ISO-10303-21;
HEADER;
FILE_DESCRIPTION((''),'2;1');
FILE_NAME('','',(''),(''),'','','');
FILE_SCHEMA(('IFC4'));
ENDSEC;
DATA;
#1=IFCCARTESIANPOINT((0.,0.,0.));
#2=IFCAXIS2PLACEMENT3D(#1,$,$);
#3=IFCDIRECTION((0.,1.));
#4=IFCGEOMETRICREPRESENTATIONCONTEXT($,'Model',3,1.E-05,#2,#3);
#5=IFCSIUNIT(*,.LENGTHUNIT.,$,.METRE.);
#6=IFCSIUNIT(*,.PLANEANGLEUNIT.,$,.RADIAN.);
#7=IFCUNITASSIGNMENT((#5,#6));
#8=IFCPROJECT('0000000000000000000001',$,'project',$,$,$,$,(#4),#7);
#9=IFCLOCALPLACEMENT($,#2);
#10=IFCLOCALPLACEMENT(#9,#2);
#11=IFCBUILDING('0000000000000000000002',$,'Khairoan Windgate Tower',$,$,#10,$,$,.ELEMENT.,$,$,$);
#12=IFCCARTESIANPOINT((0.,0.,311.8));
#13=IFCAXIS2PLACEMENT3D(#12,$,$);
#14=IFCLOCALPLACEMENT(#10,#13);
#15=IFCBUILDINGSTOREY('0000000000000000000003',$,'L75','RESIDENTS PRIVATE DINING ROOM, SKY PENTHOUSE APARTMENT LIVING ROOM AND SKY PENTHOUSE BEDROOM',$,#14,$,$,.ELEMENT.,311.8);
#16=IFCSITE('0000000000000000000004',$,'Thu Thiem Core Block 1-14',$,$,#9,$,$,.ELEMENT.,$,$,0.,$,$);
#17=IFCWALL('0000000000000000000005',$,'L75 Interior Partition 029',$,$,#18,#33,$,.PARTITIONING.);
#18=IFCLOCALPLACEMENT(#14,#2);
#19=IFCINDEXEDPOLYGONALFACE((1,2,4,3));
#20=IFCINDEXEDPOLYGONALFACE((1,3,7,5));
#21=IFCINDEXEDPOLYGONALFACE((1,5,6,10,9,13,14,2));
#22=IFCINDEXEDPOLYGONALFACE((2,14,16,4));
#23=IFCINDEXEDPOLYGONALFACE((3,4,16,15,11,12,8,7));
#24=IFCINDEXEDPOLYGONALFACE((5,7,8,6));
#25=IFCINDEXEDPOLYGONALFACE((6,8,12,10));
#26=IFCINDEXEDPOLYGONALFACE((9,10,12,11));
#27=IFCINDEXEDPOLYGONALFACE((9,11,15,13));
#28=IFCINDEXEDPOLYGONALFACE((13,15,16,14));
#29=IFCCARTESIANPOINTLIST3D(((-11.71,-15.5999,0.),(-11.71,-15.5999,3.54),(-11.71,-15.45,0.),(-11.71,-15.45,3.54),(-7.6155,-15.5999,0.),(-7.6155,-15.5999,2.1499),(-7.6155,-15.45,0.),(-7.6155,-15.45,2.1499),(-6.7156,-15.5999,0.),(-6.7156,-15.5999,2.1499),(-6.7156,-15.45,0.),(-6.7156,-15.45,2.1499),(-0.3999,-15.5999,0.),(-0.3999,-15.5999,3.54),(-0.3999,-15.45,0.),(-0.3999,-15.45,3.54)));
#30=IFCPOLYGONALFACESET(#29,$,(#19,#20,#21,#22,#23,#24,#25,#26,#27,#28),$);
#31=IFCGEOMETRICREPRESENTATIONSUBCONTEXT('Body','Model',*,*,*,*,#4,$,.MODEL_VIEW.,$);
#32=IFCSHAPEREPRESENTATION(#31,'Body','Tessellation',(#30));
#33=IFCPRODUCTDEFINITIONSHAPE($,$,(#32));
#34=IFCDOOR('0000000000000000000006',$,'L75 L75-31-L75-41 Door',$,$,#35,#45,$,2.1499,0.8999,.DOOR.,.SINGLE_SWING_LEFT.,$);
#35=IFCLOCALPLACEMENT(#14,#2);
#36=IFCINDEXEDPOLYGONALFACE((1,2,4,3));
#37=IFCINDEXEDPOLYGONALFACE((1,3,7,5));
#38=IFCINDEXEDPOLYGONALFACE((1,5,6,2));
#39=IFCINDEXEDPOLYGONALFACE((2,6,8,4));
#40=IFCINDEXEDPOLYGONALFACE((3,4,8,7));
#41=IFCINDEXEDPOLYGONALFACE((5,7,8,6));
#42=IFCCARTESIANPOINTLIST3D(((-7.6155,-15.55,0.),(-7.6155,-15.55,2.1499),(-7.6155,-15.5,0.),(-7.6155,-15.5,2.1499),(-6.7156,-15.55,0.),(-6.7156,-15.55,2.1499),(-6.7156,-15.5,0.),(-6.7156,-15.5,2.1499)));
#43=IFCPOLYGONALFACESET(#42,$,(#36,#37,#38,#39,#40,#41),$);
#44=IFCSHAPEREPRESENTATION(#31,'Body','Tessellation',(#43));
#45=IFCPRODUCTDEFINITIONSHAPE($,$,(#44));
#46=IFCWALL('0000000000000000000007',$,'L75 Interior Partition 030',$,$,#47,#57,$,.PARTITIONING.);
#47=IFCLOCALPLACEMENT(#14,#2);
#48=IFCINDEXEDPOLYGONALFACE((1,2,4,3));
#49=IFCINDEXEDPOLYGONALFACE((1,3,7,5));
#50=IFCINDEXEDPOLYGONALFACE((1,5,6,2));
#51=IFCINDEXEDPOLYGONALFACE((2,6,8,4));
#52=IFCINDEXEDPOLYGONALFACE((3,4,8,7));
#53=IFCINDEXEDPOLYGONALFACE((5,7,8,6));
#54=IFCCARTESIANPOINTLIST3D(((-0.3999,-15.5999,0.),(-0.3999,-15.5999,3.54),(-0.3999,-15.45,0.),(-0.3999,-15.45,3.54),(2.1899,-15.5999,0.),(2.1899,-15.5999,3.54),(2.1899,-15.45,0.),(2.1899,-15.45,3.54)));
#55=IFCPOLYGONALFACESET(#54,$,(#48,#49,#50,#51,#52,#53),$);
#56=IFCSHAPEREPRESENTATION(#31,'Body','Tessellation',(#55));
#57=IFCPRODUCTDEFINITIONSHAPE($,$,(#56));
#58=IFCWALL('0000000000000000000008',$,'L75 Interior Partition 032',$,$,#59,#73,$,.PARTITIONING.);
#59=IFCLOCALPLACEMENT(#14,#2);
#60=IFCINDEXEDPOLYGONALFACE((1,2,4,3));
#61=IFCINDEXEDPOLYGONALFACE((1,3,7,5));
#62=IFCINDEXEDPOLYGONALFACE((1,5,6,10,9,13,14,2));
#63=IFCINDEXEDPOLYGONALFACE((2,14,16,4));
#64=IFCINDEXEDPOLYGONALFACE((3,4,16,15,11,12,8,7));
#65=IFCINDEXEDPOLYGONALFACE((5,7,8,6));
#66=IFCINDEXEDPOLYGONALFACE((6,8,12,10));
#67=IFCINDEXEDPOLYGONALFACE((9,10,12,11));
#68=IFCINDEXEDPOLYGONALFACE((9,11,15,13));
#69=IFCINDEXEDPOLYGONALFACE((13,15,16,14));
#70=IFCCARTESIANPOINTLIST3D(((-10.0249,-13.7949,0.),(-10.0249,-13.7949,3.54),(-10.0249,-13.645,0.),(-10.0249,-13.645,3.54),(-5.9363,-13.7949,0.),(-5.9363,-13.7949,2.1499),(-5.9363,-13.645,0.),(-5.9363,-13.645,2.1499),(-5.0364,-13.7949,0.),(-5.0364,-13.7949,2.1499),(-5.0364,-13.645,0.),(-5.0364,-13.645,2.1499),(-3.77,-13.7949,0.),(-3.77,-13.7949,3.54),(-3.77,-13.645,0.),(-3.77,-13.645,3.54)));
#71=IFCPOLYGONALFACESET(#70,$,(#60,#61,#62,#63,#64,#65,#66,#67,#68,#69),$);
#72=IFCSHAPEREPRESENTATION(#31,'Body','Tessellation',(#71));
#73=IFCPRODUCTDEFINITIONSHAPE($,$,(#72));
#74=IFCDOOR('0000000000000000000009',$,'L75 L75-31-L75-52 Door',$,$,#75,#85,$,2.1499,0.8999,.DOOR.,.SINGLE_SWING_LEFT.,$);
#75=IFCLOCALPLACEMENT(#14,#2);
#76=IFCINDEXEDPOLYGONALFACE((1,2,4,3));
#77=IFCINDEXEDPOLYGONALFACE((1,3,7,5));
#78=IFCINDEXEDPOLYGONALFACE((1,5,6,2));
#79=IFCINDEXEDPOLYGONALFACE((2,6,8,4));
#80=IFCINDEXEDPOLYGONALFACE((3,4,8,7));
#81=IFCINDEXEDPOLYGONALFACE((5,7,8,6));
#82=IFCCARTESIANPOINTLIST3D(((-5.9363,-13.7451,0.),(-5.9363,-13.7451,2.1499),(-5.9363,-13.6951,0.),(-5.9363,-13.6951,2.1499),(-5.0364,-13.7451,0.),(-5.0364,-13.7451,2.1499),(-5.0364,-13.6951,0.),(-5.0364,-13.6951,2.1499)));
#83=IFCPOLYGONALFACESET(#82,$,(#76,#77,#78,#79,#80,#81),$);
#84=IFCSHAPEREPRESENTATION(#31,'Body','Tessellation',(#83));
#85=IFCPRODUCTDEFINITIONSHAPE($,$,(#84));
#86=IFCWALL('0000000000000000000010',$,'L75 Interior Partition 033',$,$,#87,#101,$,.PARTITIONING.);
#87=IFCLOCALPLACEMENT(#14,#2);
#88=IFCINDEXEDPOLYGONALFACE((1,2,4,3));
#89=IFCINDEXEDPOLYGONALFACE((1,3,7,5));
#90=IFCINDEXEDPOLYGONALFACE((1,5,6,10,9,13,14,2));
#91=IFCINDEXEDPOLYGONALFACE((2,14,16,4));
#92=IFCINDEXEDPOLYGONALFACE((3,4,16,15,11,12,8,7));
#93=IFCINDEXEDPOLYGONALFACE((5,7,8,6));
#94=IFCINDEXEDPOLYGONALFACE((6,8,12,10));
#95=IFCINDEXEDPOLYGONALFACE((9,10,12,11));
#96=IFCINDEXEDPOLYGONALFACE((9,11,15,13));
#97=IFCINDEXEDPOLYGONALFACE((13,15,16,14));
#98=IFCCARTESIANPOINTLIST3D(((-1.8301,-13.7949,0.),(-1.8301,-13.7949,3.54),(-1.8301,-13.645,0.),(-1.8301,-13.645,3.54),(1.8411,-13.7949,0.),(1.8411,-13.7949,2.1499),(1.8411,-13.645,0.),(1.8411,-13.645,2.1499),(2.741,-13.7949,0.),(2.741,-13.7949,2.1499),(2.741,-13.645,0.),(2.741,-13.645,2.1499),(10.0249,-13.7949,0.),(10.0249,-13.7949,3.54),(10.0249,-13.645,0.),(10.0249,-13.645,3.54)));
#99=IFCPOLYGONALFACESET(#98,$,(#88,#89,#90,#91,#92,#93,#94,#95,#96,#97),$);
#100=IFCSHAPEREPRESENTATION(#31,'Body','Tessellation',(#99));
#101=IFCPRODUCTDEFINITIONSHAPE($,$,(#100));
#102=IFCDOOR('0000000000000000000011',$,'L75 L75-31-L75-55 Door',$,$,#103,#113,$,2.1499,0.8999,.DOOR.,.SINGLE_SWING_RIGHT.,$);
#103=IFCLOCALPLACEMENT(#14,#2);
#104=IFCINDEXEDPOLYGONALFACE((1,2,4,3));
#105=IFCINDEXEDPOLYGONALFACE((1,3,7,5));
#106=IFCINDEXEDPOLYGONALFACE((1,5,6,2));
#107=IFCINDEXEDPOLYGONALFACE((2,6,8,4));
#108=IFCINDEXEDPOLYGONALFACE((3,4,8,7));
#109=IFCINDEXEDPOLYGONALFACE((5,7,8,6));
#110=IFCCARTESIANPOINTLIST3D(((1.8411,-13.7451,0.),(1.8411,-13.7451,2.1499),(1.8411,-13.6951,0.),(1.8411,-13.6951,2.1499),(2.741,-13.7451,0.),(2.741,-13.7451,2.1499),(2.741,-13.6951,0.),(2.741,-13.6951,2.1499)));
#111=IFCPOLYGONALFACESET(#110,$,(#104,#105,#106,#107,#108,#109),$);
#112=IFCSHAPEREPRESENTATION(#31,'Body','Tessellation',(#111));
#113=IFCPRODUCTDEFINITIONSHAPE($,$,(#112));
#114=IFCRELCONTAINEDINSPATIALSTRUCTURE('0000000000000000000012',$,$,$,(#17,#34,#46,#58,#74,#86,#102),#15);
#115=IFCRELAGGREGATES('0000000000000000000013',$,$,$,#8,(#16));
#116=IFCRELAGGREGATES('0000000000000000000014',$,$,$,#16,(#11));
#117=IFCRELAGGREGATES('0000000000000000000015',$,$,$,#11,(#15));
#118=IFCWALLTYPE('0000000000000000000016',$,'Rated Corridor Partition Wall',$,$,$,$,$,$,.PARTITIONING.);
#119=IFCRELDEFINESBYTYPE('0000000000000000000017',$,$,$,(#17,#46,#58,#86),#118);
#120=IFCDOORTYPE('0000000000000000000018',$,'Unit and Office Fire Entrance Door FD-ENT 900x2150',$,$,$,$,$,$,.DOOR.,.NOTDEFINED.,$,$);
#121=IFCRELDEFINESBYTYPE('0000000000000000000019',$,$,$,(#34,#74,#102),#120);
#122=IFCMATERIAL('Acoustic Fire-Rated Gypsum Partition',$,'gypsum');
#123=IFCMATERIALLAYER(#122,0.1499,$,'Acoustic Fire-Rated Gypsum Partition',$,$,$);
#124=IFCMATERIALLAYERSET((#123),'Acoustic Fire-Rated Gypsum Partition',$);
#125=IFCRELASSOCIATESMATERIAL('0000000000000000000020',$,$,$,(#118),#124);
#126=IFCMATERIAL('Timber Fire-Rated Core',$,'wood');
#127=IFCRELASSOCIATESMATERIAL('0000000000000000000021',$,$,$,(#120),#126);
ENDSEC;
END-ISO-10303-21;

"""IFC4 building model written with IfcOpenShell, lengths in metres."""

from ifc_helpers import new_model, si_unit, direction, frame, frame_2d, origin, place, context, subcontext, project, spatial, rectangle, extrude, material, layer, layer_set, type_object, element, fill, save


model = new_model("IFC4")

# Units and contexts
model_context = context("Model", 3, precision=1e-05, world=origin(), true_north=direction((0.0, 1.0)))
body_context = subcontext(model_context, "Body", "Model", "MODEL_VIEW")
ifc_project = project(units=[si_unit("LENGTHUNIT", "METRE"), si_unit("PLANEANGLEUNIT", "RADIAN")], contexts=[model_context])

# Site, building, storey
site_placement = place(None, origin())
site = spatial("IfcSite", under=ifc_project, at=site_placement, Name="Thu Thiem Core Block 1-14", CompositionType="ELEMENT", RefElevation=0.0)
building_placement = place(site_placement, origin())
building = spatial("IfcBuilding", under=site, at=building_placement, Name="Khairoan Windgate Tower", CompositionType="ELEMENT")
storey_placement = place(building_placement, frame((0.0, 0.0, 311.8)))
storey = spatial("IfcBuildingStorey", under=building, at=storey_placement, Name="L75", Description="RESIDENTS PRIVATE DINING ROOM, SKY PENTHOUSE APARTMENT LIVING ROOM AND SKY PENTHOUSE BEDROOM", CompositionType="ELEMENT", Elevation=311.8)

# Wall, opening, door
ifc_material_1 = material(Name="Acoustic Fire-Rated Gypsum Partition", Category="gypsum")
ifc_layer_1 = layer(ifc_material_1, 0.1499, Name="Acoustic Fire-Rated Gypsum Partition")
ifc_layer_set_1 = layer_set([ifc_layer_1], Name="Acoustic Fire-Rated Gypsum Partition")
wall_type_1 = type_object("IfcWallType", Name="Rated Corridor Partition Wall", PredefinedType="PARTITIONING", material=ifc_layer_set_1)
ifc_material_2 = material(Name="Timber Fire-Rated Core", Category="wood")
door_type_1 = type_object("IfcDoorType", Name="Unit and Office Fire Entrance Door FD-ENT 900x2150", OperationType="NOTDEFINED", PredefinedType="DOOR", material=ifc_material_2)
wall_1_placement = place(storey_placement, frame((-11.71, -15.5249, 0.0), z_axis=(0.0, 0.0, 1.0), x_axis=(1.0, 0.0, 0.0)))
wall_1 = element("IfcWall", 1, at=wall_1_placement, inside=storey, type_object=wall_type_1, Name="L75 Interior Partition 029", PredefinedType="PARTITIONING", context=body_context, shape_type="SweptSolid", body=[
    extrude(rectangle(XDim=11.3101, YDim=0.1499, at=frame_2d((5.655, 0.0))), origin(), (0.0, 0.0, 1.0), 3.54),
])
opening_1_placement = place(wall_1_placement, frame((4.0945, 0.0, 0.0)))
opening_1 = element("IfcOpeningElement", 2, at=opening_1_placement, cuts=wall_1, PredefinedType="OPENING", context=body_context, shape_type="SweptSolid", body=[
    extrude(rectangle(XDim=0.8999, YDim=2.1499, at=frame_2d((0.45, 1.075))), frame((0.0, 0.085, 0.0), z_axis=(0.0, -1.0, 0.0), x_axis=(1.0, 0.0, 0.0)), (0.0, 0.0, 1.0), 0.1699),
])
door_1_placement = place(opening_1_placement, origin())
door_1 = element("IfcDoor", 3, at=door_1_placement, inside=storey, type_object=door_type_1, Name="L75 L75-31-L75-41 Door", OperationType="SINGLE_SWING_LEFT", OverallHeight=2.1499, OverallWidth=0.8999, PredefinedType="DOOR", context=body_context, shape_type="SweptSolid", body=[
    extrude(rectangle(XDim=0.8999, YDim=2.1499, at=frame_2d((0.45, 1.075))), frame((0.0, 0.0249, 0.0), z_axis=(0.0, -1.0, 0.0), x_axis=(1.0, 0.0, 0.0)), (0.0, 0.0, 1.0), 0.05),
])
fill(opening_1, door_1)

# Wall
wall_2_placement = place(storey_placement, frame((-0.3999, -15.5249, 0.0), z_axis=(0.0, 0.0, 1.0), x_axis=(1.0, 0.0, 0.0)))
element("IfcWall", 4, at=wall_2_placement, inside=storey, type_object=wall_type_1, Name="L75 Interior Partition 030", PredefinedType="PARTITIONING", context=body_context, shape_type="SweptSolid", body=[
    extrude(rectangle(XDim=2.5898, YDim=0.1499, at=frame_2d((1.2949, 0.0))), origin(), (0.0, 0.0, 1.0), 3.54),
])

# Walls, openings, doors
wall_3_placement = place(storey_placement, frame((-10.0249, -13.72, 0.0), z_axis=(0.0, 0.0, 1.0), x_axis=(1.0, 0.0, 0.0)))
wall_3 = element("IfcWall", 5, at=wall_3_placement, inside=storey, type_object=wall_type_1, Name="L75 Interior Partition 032", PredefinedType="PARTITIONING", context=body_context, shape_type="SweptSolid", body=[
    extrude(rectangle(XDim=6.2549, YDim=0.1499, at=frame_2d((3.1274, 0.0))), origin(), (0.0, 0.0, 1.0), 3.54),
])
opening_2_placement = place(wall_3_placement, frame((4.0886, 0.0, 0.0)))
opening_2 = element("IfcOpeningElement", 6, at=opening_2_placement, cuts=wall_3, PredefinedType="OPENING", context=body_context, shape_type="SweptSolid", body=[
    extrude(rectangle(XDim=0.8999, YDim=2.1499, at=frame_2d((0.45, 1.075))), frame((0.0, 0.085, 0.0), z_axis=(0.0, -1.0, 0.0), x_axis=(1.0, 0.0, 0.0)), (0.0, 0.0, 1.0), 0.1699),
])
door_2_placement = place(opening_2_placement, origin())
door_2 = element("IfcDoor", 7, at=door_2_placement, inside=storey, type_object=door_type_1, Name="L75 L75-31-L75-52 Door", OperationType="SINGLE_SWING_LEFT", OverallHeight=2.1499, OverallWidth=0.8999, PredefinedType="DOOR", context=body_context, shape_type="SweptSolid", body=[
    extrude(rectangle(XDim=0.8999, YDim=2.1499, at=frame_2d((0.45, 1.075))), frame((0.0, 0.0249, 0.0), z_axis=(0.0, -1.0, 0.0), x_axis=(1.0, 0.0, 0.0)), (0.0, 0.0, 1.0), 0.05),
])
fill(opening_2, door_2)
wall_4_placement = place(storey_placement, frame((-1.8301, -13.72, 0.0), z_axis=(0.0, 0.0, 1.0), x_axis=(1.0, 0.0, 0.0)))
wall_4 = element("IfcWall", 8, at=wall_4_placement, inside=storey, type_object=wall_type_1, Name="L75 Interior Partition 033", PredefinedType="PARTITIONING", context=body_context, shape_type="SweptSolid", body=[
    extrude(rectangle(XDim=11.855, YDim=0.1499, at=frame_2d((5.9275, 0.0))), origin(), (0.0, 0.0, 1.0), 3.54),
])
opening_3_placement = place(wall_4_placement, frame((3.6711, 0.0, 0.0)))
opening_3 = element("IfcOpeningElement", 9, at=opening_3_placement, cuts=wall_4, PredefinedType="OPENING", context=body_context, shape_type="SweptSolid", body=[
    extrude(rectangle(XDim=0.8999, YDim=2.1499, at=frame_2d((0.45, 1.075))), frame((0.0, 0.085, 0.0), z_axis=(0.0, -1.0, 0.0), x_axis=(1.0, 0.0, 0.0)), (0.0, 0.0, 1.0), 0.1699),
])
door_3_placement = place(opening_3_placement, origin())
door_3 = element("IfcDoor", 10, at=door_3_placement, inside=storey, type_object=door_type_1, Name="L75 L75-31-L75-55 Door", OperationType="SINGLE_SWING_RIGHT", OverallHeight=2.1499, OverallWidth=0.8999, PredefinedType="DOOR", context=body_context, shape_type="SweptSolid", body=[
    extrude(rectangle(XDim=0.8999, YDim=2.1499, at=frame_2d((0.45, 1.075))), frame((0.0, 0.0249, 0.0), z_axis=(0.0, -1.0, 0.0), x_axis=(1.0, 0.0, 0.0)), (0.0, 0.0, 1.0), 0.05),
])
fill(opening_3, door_3)

save(model, "model.ifc")
